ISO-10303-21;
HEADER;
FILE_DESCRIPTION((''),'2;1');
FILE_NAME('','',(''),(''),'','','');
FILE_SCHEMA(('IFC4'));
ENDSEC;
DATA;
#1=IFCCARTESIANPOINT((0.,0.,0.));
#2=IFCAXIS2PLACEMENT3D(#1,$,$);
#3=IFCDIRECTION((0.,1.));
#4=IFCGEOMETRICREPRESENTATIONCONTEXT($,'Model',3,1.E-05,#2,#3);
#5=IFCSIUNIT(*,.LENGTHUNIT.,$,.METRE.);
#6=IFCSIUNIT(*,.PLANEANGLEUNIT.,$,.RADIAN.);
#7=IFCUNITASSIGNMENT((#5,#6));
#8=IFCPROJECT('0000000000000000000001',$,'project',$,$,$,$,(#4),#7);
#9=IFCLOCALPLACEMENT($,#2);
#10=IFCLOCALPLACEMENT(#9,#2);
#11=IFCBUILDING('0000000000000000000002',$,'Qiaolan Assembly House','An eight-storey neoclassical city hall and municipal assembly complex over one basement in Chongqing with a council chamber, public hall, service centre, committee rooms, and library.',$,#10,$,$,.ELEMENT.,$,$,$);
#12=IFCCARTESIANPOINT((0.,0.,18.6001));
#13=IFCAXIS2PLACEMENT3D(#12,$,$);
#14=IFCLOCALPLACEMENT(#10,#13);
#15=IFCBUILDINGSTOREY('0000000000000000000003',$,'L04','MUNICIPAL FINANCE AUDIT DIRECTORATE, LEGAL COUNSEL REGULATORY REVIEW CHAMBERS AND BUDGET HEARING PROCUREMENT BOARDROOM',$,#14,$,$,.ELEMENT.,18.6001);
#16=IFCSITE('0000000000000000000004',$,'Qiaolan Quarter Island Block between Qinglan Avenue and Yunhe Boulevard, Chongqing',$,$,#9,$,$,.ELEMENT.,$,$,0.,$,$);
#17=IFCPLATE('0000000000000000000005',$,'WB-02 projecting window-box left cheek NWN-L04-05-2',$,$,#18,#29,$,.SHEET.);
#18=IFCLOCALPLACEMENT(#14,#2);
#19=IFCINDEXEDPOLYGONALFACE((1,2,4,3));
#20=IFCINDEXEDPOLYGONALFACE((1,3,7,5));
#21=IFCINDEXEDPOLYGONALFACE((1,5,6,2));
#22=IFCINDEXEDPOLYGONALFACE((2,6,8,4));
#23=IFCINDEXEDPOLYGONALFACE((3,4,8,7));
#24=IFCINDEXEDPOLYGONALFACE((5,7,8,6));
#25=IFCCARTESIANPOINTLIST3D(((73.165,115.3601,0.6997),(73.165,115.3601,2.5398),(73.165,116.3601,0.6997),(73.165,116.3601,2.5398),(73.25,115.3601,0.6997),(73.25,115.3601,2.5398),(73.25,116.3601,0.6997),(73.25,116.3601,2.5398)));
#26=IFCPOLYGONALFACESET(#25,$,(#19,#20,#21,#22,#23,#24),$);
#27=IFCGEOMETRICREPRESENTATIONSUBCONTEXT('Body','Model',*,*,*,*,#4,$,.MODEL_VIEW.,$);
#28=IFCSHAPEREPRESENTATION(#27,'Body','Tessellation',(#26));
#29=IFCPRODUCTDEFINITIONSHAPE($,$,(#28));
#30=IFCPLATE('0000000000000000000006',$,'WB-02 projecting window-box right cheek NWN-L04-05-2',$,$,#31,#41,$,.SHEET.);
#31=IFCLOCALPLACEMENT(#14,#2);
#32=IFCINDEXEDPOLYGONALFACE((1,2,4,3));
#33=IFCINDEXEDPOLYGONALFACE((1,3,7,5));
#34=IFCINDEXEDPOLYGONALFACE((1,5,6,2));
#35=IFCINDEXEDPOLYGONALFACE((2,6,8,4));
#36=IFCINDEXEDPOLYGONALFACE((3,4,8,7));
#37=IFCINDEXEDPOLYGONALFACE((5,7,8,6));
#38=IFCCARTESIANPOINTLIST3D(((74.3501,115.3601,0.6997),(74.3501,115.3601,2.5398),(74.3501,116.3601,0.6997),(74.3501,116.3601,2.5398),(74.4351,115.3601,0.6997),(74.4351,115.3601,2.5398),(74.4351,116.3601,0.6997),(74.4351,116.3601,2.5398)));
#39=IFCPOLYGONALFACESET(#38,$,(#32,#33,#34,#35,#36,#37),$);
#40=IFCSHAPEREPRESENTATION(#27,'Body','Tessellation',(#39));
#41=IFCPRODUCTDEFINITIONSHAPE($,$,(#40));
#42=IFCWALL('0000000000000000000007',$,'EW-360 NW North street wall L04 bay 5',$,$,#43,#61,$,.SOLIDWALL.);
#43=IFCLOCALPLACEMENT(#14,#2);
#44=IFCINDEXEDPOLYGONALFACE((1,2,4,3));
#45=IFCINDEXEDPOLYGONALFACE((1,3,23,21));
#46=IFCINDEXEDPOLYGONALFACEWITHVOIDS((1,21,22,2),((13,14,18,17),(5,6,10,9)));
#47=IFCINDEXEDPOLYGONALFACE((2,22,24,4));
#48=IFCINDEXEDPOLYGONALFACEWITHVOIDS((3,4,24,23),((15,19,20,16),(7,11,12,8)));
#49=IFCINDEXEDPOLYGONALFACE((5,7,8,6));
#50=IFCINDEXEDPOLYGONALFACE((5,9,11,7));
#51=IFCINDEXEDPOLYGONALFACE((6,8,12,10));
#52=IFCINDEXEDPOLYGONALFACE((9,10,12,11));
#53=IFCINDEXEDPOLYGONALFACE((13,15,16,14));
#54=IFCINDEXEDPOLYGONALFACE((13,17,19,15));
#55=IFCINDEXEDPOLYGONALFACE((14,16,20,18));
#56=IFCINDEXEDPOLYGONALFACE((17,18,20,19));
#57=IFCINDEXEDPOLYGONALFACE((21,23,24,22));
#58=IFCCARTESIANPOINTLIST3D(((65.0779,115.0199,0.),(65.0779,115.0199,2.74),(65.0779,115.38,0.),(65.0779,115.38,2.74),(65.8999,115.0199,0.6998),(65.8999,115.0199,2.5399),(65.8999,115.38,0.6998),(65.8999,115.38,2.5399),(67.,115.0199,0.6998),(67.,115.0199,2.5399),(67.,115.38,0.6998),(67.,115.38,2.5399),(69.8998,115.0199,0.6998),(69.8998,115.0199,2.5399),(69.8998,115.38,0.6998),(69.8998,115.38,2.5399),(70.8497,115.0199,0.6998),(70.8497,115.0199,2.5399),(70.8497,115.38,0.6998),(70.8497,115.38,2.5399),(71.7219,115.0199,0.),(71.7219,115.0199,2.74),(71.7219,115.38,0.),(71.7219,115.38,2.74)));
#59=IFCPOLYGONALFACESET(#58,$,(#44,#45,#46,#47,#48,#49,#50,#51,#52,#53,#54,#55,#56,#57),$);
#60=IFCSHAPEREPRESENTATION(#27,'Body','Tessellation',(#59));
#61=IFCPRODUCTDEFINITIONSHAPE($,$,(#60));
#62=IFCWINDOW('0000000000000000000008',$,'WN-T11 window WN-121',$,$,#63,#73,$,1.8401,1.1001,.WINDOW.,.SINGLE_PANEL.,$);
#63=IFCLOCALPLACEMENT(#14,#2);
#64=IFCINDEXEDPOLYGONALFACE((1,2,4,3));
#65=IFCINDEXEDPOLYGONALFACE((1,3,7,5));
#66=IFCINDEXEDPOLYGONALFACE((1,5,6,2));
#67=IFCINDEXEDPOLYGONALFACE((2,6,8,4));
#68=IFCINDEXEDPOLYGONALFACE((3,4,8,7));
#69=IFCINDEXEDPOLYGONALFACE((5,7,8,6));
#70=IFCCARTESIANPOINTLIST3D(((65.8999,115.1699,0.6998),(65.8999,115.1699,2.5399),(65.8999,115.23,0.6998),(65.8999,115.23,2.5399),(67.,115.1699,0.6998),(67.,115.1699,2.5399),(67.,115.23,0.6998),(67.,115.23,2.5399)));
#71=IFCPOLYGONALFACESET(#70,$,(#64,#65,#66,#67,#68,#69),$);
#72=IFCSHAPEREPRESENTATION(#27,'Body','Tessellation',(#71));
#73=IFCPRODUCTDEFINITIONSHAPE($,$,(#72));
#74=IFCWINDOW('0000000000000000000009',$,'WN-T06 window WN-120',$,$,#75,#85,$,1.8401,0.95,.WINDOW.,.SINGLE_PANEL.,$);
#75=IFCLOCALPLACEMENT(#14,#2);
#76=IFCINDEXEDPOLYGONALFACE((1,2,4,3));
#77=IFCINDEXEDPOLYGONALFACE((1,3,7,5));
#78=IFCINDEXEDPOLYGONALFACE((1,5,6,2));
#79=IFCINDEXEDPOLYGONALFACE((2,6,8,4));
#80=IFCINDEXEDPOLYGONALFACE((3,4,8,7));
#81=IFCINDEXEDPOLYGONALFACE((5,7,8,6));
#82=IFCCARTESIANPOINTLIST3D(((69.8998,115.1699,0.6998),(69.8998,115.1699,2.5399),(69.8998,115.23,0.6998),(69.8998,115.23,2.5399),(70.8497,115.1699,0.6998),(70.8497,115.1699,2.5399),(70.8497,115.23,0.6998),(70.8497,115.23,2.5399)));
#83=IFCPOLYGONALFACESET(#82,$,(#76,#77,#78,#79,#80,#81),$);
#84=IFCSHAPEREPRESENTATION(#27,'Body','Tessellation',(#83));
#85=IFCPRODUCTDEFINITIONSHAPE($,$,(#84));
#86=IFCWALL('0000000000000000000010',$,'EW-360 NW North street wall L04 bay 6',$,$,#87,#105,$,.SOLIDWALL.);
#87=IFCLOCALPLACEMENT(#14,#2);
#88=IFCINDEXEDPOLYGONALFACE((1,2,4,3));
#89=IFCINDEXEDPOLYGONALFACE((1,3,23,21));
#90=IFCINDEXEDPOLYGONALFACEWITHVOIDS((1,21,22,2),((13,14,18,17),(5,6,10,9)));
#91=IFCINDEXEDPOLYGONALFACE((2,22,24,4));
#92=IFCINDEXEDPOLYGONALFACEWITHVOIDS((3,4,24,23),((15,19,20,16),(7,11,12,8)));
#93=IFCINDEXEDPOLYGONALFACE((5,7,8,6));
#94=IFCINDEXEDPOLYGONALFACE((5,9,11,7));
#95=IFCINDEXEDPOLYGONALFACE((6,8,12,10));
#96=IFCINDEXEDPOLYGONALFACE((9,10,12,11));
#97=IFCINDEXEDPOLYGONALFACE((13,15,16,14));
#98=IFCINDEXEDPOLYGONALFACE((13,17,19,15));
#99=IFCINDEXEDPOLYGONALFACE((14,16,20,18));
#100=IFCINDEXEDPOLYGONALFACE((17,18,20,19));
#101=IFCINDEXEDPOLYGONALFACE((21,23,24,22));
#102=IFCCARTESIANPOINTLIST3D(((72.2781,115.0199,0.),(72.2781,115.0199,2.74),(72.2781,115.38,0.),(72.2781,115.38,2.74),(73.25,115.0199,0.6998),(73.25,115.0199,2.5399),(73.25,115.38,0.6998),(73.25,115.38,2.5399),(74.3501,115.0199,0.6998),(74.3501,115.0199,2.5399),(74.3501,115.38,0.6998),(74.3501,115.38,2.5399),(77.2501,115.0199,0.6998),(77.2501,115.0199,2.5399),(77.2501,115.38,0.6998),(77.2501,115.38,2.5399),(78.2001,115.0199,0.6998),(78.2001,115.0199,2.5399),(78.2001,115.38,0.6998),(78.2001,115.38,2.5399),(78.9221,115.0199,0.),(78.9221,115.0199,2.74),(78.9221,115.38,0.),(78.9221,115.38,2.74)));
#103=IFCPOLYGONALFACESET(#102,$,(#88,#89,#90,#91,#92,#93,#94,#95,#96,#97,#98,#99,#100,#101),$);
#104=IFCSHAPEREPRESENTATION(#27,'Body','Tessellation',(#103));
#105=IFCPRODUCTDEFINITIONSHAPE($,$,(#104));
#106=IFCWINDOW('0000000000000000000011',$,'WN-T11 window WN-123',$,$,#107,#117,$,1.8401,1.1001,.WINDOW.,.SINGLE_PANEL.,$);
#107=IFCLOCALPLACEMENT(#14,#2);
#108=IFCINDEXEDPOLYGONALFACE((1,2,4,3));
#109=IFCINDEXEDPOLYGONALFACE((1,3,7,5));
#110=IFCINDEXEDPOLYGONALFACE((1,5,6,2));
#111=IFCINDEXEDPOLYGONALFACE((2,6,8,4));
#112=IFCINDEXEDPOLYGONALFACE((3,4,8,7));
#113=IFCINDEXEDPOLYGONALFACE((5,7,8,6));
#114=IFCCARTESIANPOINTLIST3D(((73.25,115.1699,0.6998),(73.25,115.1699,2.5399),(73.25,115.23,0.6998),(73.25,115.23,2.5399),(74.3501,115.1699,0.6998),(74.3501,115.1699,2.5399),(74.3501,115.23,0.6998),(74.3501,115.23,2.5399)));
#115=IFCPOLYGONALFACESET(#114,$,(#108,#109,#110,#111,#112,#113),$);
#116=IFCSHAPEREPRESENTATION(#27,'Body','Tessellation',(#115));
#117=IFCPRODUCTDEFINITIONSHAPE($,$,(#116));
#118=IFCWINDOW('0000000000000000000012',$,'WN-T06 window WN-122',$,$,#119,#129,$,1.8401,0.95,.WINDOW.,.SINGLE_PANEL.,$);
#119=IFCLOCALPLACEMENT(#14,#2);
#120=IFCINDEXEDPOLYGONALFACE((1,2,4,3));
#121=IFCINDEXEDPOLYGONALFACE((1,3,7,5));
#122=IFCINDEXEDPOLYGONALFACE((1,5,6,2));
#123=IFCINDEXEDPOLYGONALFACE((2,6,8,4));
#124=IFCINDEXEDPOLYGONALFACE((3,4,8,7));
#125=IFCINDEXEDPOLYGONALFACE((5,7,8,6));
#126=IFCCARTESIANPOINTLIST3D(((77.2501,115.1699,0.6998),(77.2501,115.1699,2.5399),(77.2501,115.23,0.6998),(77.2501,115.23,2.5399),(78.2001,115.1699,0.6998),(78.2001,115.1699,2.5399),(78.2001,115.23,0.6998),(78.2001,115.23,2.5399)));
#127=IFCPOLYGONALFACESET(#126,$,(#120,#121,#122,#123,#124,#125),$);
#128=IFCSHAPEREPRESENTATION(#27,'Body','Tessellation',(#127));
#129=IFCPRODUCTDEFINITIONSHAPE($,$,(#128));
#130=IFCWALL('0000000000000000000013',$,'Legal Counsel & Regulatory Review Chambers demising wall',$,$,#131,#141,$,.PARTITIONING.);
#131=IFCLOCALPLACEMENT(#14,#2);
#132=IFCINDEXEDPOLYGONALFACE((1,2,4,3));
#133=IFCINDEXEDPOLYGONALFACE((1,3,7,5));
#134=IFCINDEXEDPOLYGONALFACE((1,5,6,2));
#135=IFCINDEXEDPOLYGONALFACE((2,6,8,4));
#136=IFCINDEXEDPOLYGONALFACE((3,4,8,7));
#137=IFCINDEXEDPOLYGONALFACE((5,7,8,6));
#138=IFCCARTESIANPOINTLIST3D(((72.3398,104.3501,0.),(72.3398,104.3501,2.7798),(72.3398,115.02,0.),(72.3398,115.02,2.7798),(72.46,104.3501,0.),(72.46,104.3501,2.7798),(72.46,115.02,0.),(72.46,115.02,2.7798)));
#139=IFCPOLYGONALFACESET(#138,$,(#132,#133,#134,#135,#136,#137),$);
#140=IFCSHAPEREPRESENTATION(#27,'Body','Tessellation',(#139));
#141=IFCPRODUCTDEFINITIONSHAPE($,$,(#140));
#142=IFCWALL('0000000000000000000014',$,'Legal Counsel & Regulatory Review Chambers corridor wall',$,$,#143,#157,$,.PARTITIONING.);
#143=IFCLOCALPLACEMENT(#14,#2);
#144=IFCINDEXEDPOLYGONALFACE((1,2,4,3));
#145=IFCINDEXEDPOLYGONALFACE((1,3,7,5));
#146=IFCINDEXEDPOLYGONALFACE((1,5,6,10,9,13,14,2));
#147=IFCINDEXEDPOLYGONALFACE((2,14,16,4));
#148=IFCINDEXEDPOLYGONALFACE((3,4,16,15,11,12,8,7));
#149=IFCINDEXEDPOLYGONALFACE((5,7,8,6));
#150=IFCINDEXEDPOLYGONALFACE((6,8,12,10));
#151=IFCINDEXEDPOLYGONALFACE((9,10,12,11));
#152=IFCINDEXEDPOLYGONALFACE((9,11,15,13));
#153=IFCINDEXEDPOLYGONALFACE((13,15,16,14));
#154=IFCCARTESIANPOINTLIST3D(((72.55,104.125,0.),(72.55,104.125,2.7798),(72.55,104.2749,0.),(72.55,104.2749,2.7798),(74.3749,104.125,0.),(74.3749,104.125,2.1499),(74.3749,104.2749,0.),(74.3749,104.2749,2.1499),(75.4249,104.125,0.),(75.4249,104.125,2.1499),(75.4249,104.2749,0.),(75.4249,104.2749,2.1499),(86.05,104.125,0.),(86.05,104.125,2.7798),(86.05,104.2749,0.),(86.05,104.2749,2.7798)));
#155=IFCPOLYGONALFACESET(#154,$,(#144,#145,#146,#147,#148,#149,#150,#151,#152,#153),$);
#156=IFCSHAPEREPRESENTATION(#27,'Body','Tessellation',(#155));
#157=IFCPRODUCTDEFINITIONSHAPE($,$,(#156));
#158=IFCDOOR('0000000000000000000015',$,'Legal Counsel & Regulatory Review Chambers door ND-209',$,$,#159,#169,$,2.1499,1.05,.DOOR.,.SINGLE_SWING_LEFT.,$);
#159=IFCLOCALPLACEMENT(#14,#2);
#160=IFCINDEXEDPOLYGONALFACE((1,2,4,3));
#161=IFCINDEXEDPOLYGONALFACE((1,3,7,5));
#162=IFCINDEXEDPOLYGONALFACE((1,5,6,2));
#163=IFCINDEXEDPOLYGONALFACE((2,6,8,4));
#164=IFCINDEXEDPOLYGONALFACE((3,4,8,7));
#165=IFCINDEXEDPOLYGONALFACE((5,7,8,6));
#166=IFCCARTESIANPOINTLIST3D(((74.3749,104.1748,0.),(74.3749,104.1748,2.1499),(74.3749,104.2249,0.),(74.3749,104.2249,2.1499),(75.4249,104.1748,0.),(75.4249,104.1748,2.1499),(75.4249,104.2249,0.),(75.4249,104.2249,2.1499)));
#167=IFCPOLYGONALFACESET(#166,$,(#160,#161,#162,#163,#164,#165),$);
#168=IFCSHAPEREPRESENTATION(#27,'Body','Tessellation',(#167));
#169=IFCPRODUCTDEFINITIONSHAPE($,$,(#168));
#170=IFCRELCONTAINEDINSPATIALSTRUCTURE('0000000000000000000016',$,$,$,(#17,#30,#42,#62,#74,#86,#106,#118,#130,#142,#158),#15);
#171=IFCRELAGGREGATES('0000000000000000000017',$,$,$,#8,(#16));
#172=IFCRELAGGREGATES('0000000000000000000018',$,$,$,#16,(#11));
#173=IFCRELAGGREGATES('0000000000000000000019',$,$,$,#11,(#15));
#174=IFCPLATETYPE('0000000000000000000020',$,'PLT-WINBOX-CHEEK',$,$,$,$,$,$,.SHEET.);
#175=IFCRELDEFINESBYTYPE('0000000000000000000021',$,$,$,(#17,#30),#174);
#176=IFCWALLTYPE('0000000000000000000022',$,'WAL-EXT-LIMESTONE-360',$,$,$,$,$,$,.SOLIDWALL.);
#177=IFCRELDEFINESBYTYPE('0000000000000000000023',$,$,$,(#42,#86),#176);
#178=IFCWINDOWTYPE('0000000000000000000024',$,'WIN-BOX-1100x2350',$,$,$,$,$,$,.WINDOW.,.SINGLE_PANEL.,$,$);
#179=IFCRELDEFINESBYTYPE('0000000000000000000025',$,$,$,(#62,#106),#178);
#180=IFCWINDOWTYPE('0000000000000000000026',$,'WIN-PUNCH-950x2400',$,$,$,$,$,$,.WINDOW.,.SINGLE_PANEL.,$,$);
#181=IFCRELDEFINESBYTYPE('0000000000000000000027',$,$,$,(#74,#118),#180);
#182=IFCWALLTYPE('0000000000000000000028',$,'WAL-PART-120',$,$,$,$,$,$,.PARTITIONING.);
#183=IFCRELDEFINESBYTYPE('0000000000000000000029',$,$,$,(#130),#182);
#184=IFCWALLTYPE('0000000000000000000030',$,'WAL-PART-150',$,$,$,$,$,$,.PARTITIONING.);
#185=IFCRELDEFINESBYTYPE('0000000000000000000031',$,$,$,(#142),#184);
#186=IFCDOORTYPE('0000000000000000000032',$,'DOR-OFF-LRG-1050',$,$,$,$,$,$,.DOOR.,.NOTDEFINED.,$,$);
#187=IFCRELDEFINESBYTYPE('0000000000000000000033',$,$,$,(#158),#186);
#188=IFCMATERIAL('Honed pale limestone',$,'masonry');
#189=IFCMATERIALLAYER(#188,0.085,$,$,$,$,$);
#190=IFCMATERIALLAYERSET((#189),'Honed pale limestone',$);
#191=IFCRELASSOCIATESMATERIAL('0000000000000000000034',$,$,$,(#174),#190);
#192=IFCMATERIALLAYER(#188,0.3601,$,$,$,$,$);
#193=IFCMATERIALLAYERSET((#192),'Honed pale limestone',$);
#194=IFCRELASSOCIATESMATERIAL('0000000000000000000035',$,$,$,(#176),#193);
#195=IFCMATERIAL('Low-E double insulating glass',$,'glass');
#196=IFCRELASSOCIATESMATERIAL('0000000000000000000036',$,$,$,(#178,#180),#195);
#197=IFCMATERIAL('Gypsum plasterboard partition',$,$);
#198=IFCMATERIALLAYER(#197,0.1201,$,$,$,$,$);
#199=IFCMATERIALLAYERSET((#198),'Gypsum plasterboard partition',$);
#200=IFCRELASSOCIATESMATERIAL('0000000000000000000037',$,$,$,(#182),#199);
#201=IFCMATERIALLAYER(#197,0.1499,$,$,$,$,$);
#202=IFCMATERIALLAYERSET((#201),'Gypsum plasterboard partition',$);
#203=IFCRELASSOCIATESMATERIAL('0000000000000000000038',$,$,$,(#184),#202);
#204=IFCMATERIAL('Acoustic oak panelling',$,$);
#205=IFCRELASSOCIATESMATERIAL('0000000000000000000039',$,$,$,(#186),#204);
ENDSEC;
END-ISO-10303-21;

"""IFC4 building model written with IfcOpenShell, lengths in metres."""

from ifc_helpers import new_model, si_unit, direction, frame, frame_2d, origin, origin_2d, place, context, subcontext, project, spatial, rectangle, extrude, material, layer, layer_set, type_object, element, fill, save


model = new_model("IFC4")

# Units and contexts
model_context = context("Model", 3, precision=1e-05, world=origin(), true_north=direction((0.0, 1.0)))
body_context = subcontext(model_context, "Body", "Model", "MODEL_VIEW")
ifc_project = project(units=[si_unit("LENGTHUNIT", "METRE"), si_unit("PLANEANGLEUNIT", "RADIAN")], contexts=[model_context])

# Site, building, storey
site_placement = place(None, origin())
site = spatial("IfcSite", under=ifc_project, at=site_placement, Name="Qiaolan Quarter Island Block between Qinglan Avenue and Yunhe Boulevard, Chongqing", CompositionType="ELEMENT", RefElevation=0.0)
building_placement = place(site_placement, origin())
building = spatial("IfcBuilding", under=site, at=building_placement, Name="Qiaolan Assembly House", Description="An eight-storey neoclassical city hall and municipal assembly complex over one basement in Chongqing with a council chamber, public hall, service centre, committee rooms, and library.", CompositionType="ELEMENT")
storey_placement = place(building_placement, frame((0.0, 0.0, 18.6001)))
storey = spatial("IfcBuildingStorey", under=building, at=storey_placement, Name="L04", Description="MUNICIPAL FINANCE AUDIT DIRECTORATE, LEGAL COUNSEL REGULATORY REVIEW CHAMBERS AND BUDGET HEARING PROCUREMENT BOARDROOM", CompositionType="ELEMENT", Elevation=18.6001)

# Plates
ifc_material_1 = material(Name="Honed pale limestone", Category="masonry")
ifc_layer_1 = layer(ifc_material_1, 0.085)
ifc_layer_set_1 = layer_set([ifc_layer_1], Name="Honed pale limestone")
plate_type = type_object("IfcPlateType", Name="PLT-WINBOX-CHEEK", PredefinedType="SHEET", material=ifc_layer_set_1)
for number, where, z_axis, x_axis, name in (
    (1, (73.2075, 115.8601, 0.6997), (0.0, 0.0, 1.0), (1.0, 0.0, 0.0), "WB-02 projecting window-box left cheek NWN-L04-05-2"),
    (2, (74.3926, 115.8601, 0.6997), (0.0, 0.0, 1.0), (1.0, 0.0, 0.0), "WB-02 projecting window-box right cheek NWN-L04-05-2"),
):
    element("IfcPlate", number, at=place(storey_placement, frame(where, z_axis=z_axis, x_axis=x_axis)), inside=storey, type_object=plate_type, Name=name, PredefinedType="SHEET", context=body_context, shape_type="SweptSolid", body=[
        extrude(rectangle(XDim=0.085, YDim=1.0, at=origin_2d()), origin(), (0.0, 0.0, 1.0), 1.8401),
    ])

# Walls, openings, windows
ifc_layer_2 = layer(ifc_material_1, 0.3601)
ifc_layer_set_2 = layer_set([ifc_layer_2], Name="Honed pale limestone")
wall_type_1 = type_object("IfcWallType", Name="WAL-EXT-LIMESTONE-360", PredefinedType="SOLIDWALL", material=ifc_layer_set_2)
wall_1_placement = place(storey_placement, frame((71.7219, 115.2, 0.0), z_axis=(0.0, 0.0, 1.0), x_axis=(-1.0, 0.0, 0.0)))
wall_1 = element("IfcWall", 3, at=wall_1_placement, inside=storey, type_object=wall_type_1, Name="EW-360 NW North street wall L04 bay 5", PredefinedType="SOLIDWALL", context=body_context, shape_type="SweptSolid", body=[
    extrude(rectangle(XDim=6.644, YDim=0.3601, at=frame_2d((3.322, 0.0))), origin(), (0.0, 0.0, 1.0), 2.74),
])
opening_1_placement = place(wall_1_placement, frame((0.8721, 0.0, 0.7)))
opening_1 = element("IfcOpeningElement", 4, at=opening_1_placement, cuts=wall_1, PredefinedType="OPENING", context=body_context, shape_type="SweptSolid", body=[
    extrude(rectangle(XDim=0.95, YDim=1.8401, at=frame_2d((0.4751, 0.9199))), frame((0.0, 0.1899, 0.0), z_axis=(0.0, -1.0, 0.0), x_axis=(1.0, 0.0, 0.0)), (0.0, 0.0, 1.0), 0.3801),
])
opening_2_placement = place(wall_1_placement, frame((4.7219, 0.0, 0.7)))
opening_2 = element("IfcOpeningElement", 5, at=opening_2_placement, cuts=wall_1, PredefinedType="OPENING", context=body_context, shape_type="SweptSolid", body=[
    extrude(rectangle(XDim=1.1001, YDim=1.8401, at=frame_2d((0.55, 0.9199))), frame((0.0, 0.1899, 0.0), z_axis=(0.0, -1.0, 0.0), x_axis=(1.0, 0.0, 0.0)), (0.0, 0.0, 1.0), 0.3801),
])
ifc_material_2 = material(Name="Low-E double insulating glass", Category="glass")
window_type_1 = type_object("IfcWindowType", Name="WIN-BOX-1100x2350", PartitioningType="SINGLE_PANEL", PredefinedType="WINDOW", material=ifc_material_2)
window_1_placement = place(opening_2_placement, origin())
window_1 = element("IfcWindow", 6, at=window_1_placement, inside=storey, type_object=window_type_1, Name="WN-T11 window WN-121", OverallHeight=1.8401, OverallWidth=1.1001, PartitioningType="SINGLE_PANEL", PredefinedType="WINDOW", context=body_context, shape_type="SweptSolid", body=[
    extrude(rectangle(XDim=1.1001, YDim=1.8401, at=frame_2d((0.55, 0.9199))), frame((0.0, 0.03, 0.0), z_axis=(0.0, -1.0, 0.0), x_axis=(1.0, 0.0, 0.0)), (0.0, 0.0, 1.0), 0.0601),
])
fill(opening_2, window_1)
window_type_2 = type_object("IfcWindowType", Name="WIN-PUNCH-950x2400", PartitioningType="SINGLE_PANEL", PredefinedType="WINDOW", material=ifc_material_2)
window_2_placement = place(opening_1_placement, origin())
window_2 = element("IfcWindow", 7, at=window_2_placement, inside=storey, type_object=window_type_2, Name="WN-T06 window WN-120", OverallHeight=1.8401, OverallWidth=0.95, PartitioningType="SINGLE_PANEL", PredefinedType="WINDOW", context=body_context, shape_type="SweptSolid", body=[
    extrude(rectangle(XDim=0.95, YDim=1.8401, at=frame_2d((0.4751, 0.9199))), frame((0.0, 0.03, 0.0), z_axis=(0.0, -1.0, 0.0), x_axis=(1.0, 0.0, 0.0)), (0.0, 0.0, 1.0), 0.0601),
])
fill(opening_1, window_2)
wall_2_placement = place(storey_placement, frame((78.9221, 115.2, 0.0), z_axis=(0.0, 0.0, 1.0), x_axis=(-1.0, 0.0, 0.0)))
wall_2 = element("IfcWall", 8, at=wall_2_placement, inside=storey, type_object=wall_type_1, Name="EW-360 NW North street wall L04 bay 6", PredefinedType="SOLIDWALL", context=body_context, shape_type="SweptSolid", body=[
    extrude(rectangle(XDim=6.644, YDim=0.3601, at=frame_2d((3.322, 0.0))), origin(), (0.0, 0.0, 1.0), 2.74),
])
opening_3_placement = place(wall_2_placement, frame((0.7219, 0.0, 0.7)))
opening_3 = element("IfcOpeningElement", 9, at=opening_3_placement, cuts=wall_2, PredefinedType="OPENING", context=body_context, shape_type="SweptSolid", body=[
    extrude(rectangle(XDim=0.95, YDim=1.8401, at=frame_2d((0.4751, 0.9199))), frame((0.0, 0.1899, 0.0), z_axis=(0.0, -1.0, 0.0), x_axis=(1.0, 0.0, 0.0)), (0.0, 0.0, 1.0), 0.3801),
])
opening_4_placement = place(wall_2_placement, frame((4.572, 0.0, 0.7)))
opening_4 = element("IfcOpeningElement", 10, at=opening_4_placement, cuts=wall_2, PredefinedType="OPENING", context=body_context, shape_type="SweptSolid", body=[
    extrude(rectangle(XDim=1.1001, YDim=1.8401, at=frame_2d((0.55, 0.9199))), frame((0.0, 0.1899, 0.0), z_axis=(0.0, -1.0, 0.0), x_axis=(1.0, 0.0, 0.0)), (0.0, 0.0, 1.0), 0.3801),
])
window_3_placement = place(opening_4_placement, origin())
window_3 = element("IfcWindow", 11, at=window_3_placement, inside=storey, type_object=window_type_1, Name="WN-T11 window WN-123", OverallHeight=1.8401, OverallWidth=1.1001, PartitioningType="SINGLE_PANEL", PredefinedType="WINDOW", context=body_context, shape_type="SweptSolid", body=[
    extrude(rectangle(XDim=1.1001, YDim=1.8401, at=frame_2d((0.55, 0.9199))), frame((0.0, 0.03, 0.0), z_axis=(0.0, -1.0, 0.0), x_axis=(1.0, 0.0, 0.0)), (0.0, 0.0, 1.0), 0.0601),
])
fill(opening_4, window_3)
window_4_placement = place(opening_3_placement, origin())
window_4 = element("IfcWindow", 12, at=window_4_placement, inside=storey, type_object=window_type_2, Name="WN-T06 window WN-122", OverallHeight=1.8401, OverallWidth=0.95, PartitioningType="SINGLE_PANEL", PredefinedType="WINDOW", context=body_context, shape_type="SweptSolid", body=[
    extrude(rectangle(XDim=0.95, YDim=1.8401, at=frame_2d((0.4751, 0.9199))), frame((0.0, 0.03, 0.0), z_axis=(0.0, -1.0, 0.0), x_axis=(1.0, 0.0, 0.0)), (0.0, 0.0, 1.0), 0.0601),
])
fill(opening_3, window_4)

# Wall
ifc_material_3 = material(Name="Gypsum plasterboard partition")
ifc_layer_3 = layer(ifc_material_3, 0.1201)
ifc_layer_set_3 = layer_set([ifc_layer_3], Name="Gypsum plasterboard partition")
wall_type_2 = type_object("IfcWallType", Name="WAL-PART-120", PredefinedType="PARTITIONING", material=ifc_layer_set_3)
wall_3_placement = place(storey_placement, frame((72.3999, 104.3501, 0.0), z_axis=(0.0, 0.0, 1.0), x_axis=(0.0, 1.0, 0.0)))
element("IfcWall", 13, at=wall_3_placement, inside=storey, type_object=wall_type_2, Name="Legal Counsel & Regulatory Review Chambers demising wall", PredefinedType="PARTITIONING", context=body_context, shape_type="SweptSolid", body=[
    extrude(rectangle(XDim=10.6699, YDim=0.1201, at=frame_2d((5.335, 0.0))), origin(), (0.0, 0.0, 1.0), 2.7798),
])

# Wall, opening, door
ifc_layer_4 = layer(ifc_material_3, 0.1499)
ifc_layer_set_4 = layer_set([ifc_layer_4], Name="Gypsum plasterboard partition")
wall_type_3 = type_object("IfcWallType", Name="WAL-PART-150", PredefinedType="PARTITIONING", material=ifc_layer_set_4)
wall_4_placement = place(storey_placement, frame((72.55, 104.2, 0.0), z_axis=(0.0, 0.0, 1.0), x_axis=(1.0, 0.0, 0.0)))
wall_4 = element("IfcWall", 14, at=wall_4_placement, inside=storey, type_object=wall_type_3, Name="Legal Counsel & Regulatory Review Chambers corridor wall", PredefinedType="PARTITIONING", context=body_context, shape_type="SweptSolid", body=[
    extrude(rectangle(XDim=13.5, YDim=0.1499, at=frame_2d((6.75, 0.0))), origin(), (0.0, 0.0, 1.0), 2.7798),
])
opening_5_placement = place(wall_4_placement, frame((1.825, 0.0, 0.0)))
opening_5 = element("IfcOpeningElement", 15, at=opening_5_placement, cuts=wall_4, PredefinedType="OPENING", context=body_context, shape_type="SweptSolid", body=[
    extrude(rectangle(XDim=1.05, YDim=2.1499, at=frame_2d((0.5249, 1.075))), frame((0.0, 0.085, 0.0), z_axis=(0.0, -1.0, 0.0), x_axis=(1.0, 0.0, 0.0)), (0.0, 0.0, 1.0), 0.1699),
])
ifc_material_4 = material(Name="Acoustic oak panelling")
door_type = type_object("IfcDoorType", Name="DOR-OFF-LRG-1050", OperationType="NOTDEFINED", PredefinedType="DOOR", material=ifc_material_4)
door_placement = place(opening_5_placement, origin())
door = element("IfcDoor", 16, at=door_placement, inside=storey, type_object=door_type, Name="Legal Counsel & Regulatory Review Chambers door ND-209", OperationType="SINGLE_SWING_LEFT", OverallHeight=2.1499, OverallWidth=1.05, PredefinedType="DOOR", context=body_context, shape_type="SweptSolid", body=[
    extrude(rectangle(XDim=1.05, YDim=2.1499, at=frame_2d((0.5249, 1.075))), frame((0.0, 0.0249, 0.0), z_axis=(0.0, -1.0, 0.0), x_axis=(1.0, 0.0, 0.0)), (0.0, 0.0, 1.0), 0.05),
])
fill(opening_5, door)

save(model, "model.ifc")
